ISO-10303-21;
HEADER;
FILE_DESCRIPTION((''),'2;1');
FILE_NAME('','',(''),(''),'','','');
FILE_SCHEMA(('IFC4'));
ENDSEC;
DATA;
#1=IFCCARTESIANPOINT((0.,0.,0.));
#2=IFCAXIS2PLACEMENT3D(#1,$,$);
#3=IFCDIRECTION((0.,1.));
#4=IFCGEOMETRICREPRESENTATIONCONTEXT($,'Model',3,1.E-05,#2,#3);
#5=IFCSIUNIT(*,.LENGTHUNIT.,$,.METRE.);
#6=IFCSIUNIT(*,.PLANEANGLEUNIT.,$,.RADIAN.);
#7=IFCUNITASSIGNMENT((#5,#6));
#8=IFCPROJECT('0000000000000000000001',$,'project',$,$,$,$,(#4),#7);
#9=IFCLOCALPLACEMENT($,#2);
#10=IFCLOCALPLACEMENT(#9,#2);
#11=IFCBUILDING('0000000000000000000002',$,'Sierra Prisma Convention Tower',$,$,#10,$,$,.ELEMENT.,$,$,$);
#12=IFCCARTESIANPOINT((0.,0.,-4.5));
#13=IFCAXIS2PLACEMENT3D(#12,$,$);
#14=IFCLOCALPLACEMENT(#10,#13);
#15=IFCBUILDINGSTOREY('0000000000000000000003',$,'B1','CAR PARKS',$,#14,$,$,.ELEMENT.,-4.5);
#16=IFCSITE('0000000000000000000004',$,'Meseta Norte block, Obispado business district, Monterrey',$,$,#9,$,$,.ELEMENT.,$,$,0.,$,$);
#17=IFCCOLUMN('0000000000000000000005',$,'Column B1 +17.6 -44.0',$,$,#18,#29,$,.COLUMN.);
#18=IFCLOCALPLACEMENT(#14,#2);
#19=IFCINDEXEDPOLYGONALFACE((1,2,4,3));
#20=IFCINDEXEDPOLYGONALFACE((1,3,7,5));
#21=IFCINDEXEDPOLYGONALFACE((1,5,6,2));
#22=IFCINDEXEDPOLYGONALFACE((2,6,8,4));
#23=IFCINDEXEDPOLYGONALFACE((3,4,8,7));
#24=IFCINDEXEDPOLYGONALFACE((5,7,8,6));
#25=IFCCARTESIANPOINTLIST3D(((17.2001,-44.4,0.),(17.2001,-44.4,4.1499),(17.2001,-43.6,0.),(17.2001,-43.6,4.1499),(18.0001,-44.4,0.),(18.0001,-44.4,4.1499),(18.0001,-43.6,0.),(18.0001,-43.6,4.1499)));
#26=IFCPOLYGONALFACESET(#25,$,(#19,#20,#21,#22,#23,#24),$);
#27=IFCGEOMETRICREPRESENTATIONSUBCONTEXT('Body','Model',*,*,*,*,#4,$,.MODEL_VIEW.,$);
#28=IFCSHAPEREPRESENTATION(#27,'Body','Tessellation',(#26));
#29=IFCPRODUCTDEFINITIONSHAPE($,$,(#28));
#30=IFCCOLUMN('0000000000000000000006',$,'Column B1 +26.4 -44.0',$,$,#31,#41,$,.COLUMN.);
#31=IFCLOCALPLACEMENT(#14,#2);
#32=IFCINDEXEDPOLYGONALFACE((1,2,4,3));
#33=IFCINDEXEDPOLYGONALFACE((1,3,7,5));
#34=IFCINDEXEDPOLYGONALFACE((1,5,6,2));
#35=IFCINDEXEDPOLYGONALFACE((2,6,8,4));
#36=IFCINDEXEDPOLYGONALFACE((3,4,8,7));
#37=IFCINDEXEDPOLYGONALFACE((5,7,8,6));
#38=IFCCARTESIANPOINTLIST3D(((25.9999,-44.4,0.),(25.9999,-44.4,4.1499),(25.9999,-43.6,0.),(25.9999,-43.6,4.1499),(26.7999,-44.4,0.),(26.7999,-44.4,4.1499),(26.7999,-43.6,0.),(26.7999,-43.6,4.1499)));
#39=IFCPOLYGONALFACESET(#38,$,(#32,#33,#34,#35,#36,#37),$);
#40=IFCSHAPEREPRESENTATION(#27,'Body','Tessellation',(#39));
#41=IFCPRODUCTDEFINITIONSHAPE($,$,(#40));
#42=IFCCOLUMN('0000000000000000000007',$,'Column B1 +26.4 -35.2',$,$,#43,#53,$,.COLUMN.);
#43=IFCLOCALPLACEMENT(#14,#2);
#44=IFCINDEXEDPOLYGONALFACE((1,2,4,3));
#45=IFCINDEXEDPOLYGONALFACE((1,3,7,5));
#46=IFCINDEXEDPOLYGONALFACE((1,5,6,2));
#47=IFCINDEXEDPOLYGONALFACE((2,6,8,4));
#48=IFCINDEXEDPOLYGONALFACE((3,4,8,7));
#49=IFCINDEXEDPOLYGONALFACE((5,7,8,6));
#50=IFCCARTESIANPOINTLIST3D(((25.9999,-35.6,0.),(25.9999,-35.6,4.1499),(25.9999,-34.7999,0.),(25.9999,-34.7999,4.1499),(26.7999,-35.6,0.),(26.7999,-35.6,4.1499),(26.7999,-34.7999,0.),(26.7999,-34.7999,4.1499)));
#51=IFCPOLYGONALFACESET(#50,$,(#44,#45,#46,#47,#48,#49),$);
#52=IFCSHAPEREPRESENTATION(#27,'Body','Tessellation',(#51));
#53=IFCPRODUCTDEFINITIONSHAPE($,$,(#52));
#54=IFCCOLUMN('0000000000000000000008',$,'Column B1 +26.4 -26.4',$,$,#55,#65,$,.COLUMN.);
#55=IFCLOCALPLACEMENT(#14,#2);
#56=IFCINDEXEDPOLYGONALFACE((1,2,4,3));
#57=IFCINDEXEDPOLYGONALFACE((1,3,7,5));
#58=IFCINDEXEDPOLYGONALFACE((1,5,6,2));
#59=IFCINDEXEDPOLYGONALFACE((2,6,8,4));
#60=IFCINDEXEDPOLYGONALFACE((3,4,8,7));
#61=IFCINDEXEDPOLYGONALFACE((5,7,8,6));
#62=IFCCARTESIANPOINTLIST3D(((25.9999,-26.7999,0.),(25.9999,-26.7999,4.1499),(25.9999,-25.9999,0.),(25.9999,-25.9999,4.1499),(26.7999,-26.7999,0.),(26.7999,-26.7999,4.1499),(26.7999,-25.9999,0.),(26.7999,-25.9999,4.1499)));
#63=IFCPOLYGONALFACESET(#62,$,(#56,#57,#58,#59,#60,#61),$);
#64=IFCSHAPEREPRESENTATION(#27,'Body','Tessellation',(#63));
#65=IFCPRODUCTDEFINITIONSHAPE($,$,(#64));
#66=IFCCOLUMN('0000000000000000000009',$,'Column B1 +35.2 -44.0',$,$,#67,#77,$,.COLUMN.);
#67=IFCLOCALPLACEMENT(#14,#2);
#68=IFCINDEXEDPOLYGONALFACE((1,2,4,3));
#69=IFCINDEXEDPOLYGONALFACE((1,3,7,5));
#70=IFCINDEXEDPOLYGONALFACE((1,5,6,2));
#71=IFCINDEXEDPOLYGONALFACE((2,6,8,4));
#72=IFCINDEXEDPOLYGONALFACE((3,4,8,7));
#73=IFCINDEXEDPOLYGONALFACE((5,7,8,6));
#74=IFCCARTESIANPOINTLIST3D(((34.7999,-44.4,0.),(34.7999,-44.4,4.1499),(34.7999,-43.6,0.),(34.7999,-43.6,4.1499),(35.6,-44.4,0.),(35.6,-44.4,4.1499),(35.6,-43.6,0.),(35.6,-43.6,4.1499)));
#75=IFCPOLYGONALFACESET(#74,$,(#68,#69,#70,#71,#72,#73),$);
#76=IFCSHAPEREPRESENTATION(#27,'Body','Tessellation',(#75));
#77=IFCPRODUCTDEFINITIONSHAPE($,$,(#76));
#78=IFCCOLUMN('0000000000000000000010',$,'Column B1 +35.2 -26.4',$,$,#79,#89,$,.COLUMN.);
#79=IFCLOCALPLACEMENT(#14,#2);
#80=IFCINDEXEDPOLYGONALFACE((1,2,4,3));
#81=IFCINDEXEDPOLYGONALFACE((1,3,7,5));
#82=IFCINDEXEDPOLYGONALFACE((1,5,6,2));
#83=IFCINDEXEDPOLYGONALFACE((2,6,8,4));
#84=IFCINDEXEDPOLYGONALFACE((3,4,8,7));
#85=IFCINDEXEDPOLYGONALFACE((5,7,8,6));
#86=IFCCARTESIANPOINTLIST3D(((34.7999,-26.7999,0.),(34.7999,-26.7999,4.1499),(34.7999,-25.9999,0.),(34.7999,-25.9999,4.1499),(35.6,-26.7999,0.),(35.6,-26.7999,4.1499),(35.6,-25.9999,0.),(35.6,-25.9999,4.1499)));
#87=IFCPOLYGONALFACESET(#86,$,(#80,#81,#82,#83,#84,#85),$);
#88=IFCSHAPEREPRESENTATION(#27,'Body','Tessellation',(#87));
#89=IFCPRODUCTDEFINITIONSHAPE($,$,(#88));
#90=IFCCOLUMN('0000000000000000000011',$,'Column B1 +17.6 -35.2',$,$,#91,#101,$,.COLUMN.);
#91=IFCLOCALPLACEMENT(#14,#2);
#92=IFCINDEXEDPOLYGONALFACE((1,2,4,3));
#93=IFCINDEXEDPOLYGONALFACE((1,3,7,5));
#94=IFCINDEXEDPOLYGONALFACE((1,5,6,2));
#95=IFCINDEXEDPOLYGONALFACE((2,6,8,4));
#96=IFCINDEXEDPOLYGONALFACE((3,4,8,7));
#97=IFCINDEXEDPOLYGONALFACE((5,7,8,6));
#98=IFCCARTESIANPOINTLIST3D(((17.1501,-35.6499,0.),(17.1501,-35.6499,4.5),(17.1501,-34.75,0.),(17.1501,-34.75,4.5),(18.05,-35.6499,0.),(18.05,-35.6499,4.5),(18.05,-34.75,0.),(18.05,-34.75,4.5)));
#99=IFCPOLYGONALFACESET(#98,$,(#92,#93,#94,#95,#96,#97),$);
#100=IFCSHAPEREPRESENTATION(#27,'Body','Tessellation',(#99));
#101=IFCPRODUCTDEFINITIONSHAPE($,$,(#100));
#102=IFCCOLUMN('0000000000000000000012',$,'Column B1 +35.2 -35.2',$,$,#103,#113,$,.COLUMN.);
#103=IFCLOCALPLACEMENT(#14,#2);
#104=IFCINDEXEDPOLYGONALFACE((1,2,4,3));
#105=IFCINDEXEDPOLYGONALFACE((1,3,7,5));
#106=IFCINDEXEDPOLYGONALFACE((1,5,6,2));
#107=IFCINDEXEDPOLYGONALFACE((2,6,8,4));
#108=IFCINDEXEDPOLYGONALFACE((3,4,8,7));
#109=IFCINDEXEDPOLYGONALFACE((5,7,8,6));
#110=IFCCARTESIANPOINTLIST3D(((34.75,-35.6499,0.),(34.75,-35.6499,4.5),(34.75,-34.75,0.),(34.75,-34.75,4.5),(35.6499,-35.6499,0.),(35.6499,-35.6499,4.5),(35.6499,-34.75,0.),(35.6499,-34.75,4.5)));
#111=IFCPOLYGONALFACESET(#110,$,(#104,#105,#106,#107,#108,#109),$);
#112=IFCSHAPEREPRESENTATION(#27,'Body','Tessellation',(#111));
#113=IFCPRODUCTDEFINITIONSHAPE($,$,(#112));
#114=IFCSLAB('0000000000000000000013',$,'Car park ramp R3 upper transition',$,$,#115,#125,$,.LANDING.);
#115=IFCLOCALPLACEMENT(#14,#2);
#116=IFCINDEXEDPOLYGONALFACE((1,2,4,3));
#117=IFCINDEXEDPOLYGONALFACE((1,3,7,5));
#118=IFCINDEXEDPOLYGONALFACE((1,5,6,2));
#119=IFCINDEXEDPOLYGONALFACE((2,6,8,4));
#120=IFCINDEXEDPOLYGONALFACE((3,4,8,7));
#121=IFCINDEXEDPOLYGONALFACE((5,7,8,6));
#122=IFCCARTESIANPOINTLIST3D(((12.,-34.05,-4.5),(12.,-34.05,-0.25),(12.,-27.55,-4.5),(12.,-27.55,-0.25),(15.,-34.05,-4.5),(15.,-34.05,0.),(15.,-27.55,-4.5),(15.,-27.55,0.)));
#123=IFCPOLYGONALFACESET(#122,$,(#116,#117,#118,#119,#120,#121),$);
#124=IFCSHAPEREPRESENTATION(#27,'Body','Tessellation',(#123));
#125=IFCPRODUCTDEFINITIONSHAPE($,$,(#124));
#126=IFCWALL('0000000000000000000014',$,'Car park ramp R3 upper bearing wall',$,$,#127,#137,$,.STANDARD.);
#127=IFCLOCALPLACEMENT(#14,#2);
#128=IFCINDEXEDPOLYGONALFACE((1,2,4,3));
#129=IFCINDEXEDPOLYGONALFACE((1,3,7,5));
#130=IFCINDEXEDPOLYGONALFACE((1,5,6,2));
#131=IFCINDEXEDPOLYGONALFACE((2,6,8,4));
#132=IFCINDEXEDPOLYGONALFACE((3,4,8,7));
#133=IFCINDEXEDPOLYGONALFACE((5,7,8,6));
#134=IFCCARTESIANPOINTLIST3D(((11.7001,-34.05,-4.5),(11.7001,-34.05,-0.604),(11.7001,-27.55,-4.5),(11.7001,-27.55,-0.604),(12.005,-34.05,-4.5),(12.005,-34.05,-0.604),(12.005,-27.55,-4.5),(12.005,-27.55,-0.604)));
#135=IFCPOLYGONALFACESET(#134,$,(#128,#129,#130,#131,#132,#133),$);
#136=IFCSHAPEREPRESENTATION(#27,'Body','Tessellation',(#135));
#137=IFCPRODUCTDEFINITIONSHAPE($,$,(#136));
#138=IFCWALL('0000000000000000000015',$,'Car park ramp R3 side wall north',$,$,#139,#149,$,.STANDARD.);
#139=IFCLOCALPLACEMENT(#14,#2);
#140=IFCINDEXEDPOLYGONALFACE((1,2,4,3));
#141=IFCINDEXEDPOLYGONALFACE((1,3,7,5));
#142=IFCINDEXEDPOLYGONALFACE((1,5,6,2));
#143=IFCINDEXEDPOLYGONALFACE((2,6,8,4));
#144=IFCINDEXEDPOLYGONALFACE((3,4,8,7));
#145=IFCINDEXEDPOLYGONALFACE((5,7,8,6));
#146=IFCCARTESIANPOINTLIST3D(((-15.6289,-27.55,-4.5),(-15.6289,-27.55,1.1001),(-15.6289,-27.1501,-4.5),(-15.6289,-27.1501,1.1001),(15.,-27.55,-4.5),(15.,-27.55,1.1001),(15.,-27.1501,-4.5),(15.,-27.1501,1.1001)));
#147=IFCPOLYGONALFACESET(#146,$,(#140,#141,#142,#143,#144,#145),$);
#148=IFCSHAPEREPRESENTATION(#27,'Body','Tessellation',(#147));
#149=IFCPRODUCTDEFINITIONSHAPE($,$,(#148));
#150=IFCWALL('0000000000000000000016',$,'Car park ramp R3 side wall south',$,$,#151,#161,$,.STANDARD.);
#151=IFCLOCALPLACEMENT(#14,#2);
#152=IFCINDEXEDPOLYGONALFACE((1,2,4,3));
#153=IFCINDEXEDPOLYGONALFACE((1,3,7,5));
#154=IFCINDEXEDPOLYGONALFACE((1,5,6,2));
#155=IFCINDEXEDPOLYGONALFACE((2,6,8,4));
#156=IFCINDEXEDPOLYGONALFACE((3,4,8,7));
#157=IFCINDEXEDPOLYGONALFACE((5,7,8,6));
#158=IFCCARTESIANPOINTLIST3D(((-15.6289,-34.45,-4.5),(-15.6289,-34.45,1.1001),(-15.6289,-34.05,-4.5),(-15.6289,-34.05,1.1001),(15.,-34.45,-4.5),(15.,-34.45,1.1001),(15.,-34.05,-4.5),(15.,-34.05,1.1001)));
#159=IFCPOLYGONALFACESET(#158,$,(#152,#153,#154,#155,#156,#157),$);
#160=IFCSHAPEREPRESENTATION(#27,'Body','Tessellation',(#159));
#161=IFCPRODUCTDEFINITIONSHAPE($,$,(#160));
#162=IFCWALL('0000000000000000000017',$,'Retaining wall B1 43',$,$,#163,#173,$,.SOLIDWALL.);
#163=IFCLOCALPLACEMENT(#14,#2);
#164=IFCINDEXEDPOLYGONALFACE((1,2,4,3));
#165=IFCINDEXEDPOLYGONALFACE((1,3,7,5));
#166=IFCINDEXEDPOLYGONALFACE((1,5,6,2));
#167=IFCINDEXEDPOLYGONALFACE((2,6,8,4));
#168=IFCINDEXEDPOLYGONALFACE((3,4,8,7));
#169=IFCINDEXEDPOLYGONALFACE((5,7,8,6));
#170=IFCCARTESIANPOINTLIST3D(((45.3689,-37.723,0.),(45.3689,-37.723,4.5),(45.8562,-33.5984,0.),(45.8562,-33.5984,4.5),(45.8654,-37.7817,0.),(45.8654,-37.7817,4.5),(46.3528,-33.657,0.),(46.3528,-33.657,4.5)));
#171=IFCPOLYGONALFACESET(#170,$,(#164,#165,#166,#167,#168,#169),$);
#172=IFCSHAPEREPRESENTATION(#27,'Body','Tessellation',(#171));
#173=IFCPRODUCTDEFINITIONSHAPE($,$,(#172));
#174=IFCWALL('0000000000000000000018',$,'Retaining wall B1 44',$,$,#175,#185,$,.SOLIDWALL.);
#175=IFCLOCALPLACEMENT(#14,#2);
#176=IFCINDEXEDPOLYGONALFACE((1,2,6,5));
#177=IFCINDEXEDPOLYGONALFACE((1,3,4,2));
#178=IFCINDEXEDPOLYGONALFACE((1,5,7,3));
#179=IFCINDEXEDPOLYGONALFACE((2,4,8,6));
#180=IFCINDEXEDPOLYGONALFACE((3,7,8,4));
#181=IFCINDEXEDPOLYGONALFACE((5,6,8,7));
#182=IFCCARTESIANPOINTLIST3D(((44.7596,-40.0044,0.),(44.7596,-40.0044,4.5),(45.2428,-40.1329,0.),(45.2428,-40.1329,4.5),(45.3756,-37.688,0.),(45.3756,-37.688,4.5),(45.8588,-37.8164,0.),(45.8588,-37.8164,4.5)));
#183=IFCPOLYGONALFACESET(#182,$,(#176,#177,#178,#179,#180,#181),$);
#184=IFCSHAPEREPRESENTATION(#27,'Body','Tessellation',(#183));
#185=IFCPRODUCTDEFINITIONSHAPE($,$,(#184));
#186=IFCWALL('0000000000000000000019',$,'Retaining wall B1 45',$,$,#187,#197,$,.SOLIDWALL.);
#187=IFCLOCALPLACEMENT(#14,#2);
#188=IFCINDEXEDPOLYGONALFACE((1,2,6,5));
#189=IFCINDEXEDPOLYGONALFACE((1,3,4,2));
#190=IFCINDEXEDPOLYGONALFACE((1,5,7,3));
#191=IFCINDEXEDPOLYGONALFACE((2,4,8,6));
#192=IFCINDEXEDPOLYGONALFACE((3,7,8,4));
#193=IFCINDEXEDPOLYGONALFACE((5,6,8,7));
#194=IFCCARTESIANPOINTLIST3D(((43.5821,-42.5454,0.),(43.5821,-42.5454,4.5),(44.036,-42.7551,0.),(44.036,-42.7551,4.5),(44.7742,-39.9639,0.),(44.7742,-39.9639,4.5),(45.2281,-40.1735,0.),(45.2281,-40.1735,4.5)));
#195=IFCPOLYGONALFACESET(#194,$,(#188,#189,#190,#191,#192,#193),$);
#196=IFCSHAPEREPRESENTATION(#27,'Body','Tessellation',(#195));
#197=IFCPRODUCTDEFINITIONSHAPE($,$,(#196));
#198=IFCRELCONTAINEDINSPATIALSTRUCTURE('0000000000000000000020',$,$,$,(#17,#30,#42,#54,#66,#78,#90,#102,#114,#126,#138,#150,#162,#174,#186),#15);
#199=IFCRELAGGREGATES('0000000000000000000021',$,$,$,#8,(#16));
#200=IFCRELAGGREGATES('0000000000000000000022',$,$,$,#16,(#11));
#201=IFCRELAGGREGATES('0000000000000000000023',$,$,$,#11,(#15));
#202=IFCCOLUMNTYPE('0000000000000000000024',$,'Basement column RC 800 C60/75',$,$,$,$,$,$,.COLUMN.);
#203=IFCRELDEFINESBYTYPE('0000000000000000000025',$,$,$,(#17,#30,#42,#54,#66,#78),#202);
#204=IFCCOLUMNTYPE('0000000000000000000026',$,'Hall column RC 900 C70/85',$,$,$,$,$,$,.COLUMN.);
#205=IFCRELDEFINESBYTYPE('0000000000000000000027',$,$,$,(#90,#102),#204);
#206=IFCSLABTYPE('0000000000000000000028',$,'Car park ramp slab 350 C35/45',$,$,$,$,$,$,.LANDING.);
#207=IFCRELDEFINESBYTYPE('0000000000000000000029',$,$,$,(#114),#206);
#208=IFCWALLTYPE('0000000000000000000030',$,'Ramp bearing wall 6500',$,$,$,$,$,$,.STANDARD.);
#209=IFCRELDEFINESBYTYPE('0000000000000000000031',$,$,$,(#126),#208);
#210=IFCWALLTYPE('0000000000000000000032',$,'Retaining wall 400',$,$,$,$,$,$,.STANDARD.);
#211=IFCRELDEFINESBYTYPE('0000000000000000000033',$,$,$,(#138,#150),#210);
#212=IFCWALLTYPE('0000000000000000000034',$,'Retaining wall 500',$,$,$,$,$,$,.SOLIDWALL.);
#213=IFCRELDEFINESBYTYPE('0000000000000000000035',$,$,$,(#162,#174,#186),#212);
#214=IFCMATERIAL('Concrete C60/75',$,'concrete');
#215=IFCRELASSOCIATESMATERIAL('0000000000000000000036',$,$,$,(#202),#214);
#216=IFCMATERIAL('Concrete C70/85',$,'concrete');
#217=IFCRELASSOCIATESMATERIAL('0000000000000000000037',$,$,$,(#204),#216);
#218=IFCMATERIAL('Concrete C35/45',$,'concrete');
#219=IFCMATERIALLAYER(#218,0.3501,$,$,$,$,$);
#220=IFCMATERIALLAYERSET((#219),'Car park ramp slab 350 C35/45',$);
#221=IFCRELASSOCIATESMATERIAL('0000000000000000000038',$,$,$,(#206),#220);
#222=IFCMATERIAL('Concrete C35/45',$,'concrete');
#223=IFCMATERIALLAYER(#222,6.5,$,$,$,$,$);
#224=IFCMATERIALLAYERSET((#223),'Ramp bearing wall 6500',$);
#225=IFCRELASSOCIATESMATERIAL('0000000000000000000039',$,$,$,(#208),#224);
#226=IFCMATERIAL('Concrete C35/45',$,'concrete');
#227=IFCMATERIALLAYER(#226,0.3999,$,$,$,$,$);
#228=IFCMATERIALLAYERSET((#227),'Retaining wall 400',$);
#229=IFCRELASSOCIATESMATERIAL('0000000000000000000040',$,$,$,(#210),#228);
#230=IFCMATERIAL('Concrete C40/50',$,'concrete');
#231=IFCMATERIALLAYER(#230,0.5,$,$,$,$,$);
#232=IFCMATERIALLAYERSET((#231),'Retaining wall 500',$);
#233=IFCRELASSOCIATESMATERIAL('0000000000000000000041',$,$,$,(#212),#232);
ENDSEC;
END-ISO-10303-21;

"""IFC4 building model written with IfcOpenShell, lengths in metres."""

from ifc_helpers import new_model, si_unit, direction, frame, frame_2d, origin, origin_2d, place, context, subcontext, project, spatial, polyline, rectangle, outline, extrude, material, layer, layer_set, material_profile, profile_set, type_object, element, save


model = new_model("IFC4")

# Units and contexts
model_context = context("Model", 3, precision=1e-05, world=origin(), true_north=direction((0.0, 1.0)))
body_context = subcontext(model_context, "Body", "Model", "MODEL_VIEW")
ifc_project = project(units=[si_unit("LENGTHUNIT", "METRE"), si_unit("PLANEANGLEUNIT", "RADIAN")], contexts=[model_context])

# Site, building, storey
site_placement = place(None, origin())
site = spatial("IfcSite", under=ifc_project, at=site_placement, Name="Meseta Norte block, Obispado business district, Monterrey", CompositionType="ELEMENT", RefElevation=0.0)
building_placement = place(site_placement, origin())
building = spatial("IfcBuilding", under=site, at=building_placement, Name="Sierra Prisma Convention Tower", CompositionType="ELEMENT")
storey_placement = place(building_placement, frame((0.0, 0.0, -4.5)))
storey = spatial("IfcBuildingStorey", under=building, at=storey_placement, Name="B1", Description="CAR PARKS", CompositionType="ELEMENT", Elevation=-4.5)

# Columns
ifc_material_1 = material(Name="Concrete C60/75", Category="concrete")
ifc_material_profile_1 = material_profile(ifc_material_1, rectangle(XDim=0.8, YDim=0.8, at=origin_2d()), Name="Basement column RC 800 C60/75")
ifc_profile_set_1 = profile_set([ifc_material_profile_1], Name="Concrete C60/75")
column_type_1 = type_object("IfcColumnType", Name="Basement column RC 800 C60/75", PredefinedType="COLUMN", material=ifc_profile_set_1)
for number, where, z_axis, x_axis, name in (
    (1, (17.6001, -44.0, 0.0), (0.0, 0.0, 1.0), (1.0, 0.0, 0.0), "Column B1 +17.6 -44.0"),
    (2, (26.3999, -44.0, 0.0), (0.0, 0.0, 1.0), (1.0, 0.0, 0.0), "Column B1 +26.4 -44.0"),
    (3, (26.3999, -35.2, 0.0), (0.0, 0.0, 1.0), (1.0, 0.0, 0.0), "Column B1 +26.4 -35.2"),
    (4, (26.3999, -26.3999, 0.0), (0.0, 0.0, 1.0), (1.0, 0.0, 0.0), "Column B1 +26.4 -26.4"),
    (5, (35.2, -44.0, 0.0), (0.0, 0.0, 1.0), (1.0, 0.0, 0.0), "Column B1 +35.2 -44.0"),
    (6, (35.2, -26.3999, 0.0), (0.0, 0.0, 1.0), (1.0, 0.0, 0.0), "Column B1 +35.2 -26.4"),
):
    element("IfcColumn", number, at=place(storey_placement, frame(where, z_axis=z_axis, x_axis=x_axis)), inside=storey, type_object=column_type_1, Name=name, PredefinedType="COLUMN", context=body_context, shape_type="SweptSolid", body=[
        extrude(rectangle(XDim=0.8, YDim=0.8, at=origin_2d()), origin(), (0.0, 0.0, 1.0), 4.1499),
    ])
ifc_material_2 = material(Name="Concrete C70/85", Category="concrete")
ifc_material_profile_2 = material_profile(ifc_material_2, rectangle(XDim=0.8999, YDim=0.8999, at=origin_2d()), Name="Hall column RC 900 C70/85")
ifc_profile_set_2 = profile_set([ifc_material_profile_2], Name="Concrete C70/85")
column_type_2 = type_object("IfcColumnType", Name="Hall column RC 900 C70/85", PredefinedType="COLUMN", material=ifc_profile_set_2)
for number, where, z_axis, x_axis, name in (
    (7, (17.6001, -35.2, 0.0), (0.0, 0.0, 1.0), (1.0, 0.0, 0.0), "Column B1 +17.6 -35.2"),
    (8, (35.2, -35.2, 0.0), (0.0, 0.0, 1.0), (1.0, 0.0, 0.0), "Column B1 +35.2 -35.2"),
):
    element("IfcColumn", number, at=place(storey_placement, frame(where, z_axis=z_axis, x_axis=x_axis)), inside=storey, type_object=column_type_2, Name=name, PredefinedType="COLUMN", context=body_context, shape_type="SweptSolid", body=[
        extrude(rectangle(XDim=0.8999, YDim=0.8999, at=origin_2d()), origin(), (0.0, 0.0, 1.0), 4.5),
    ])

# Slab
ifc_material_3 = material(Name="Concrete C35/45", Category="concrete")
ifc_layer_1 = layer(ifc_material_3, 0.3501)
ifc_layer_set_1 = layer_set([ifc_layer_1], Name="Car park ramp slab 350 C35/45")
slab_type = type_object("IfcSlabType", Name="Car park ramp slab 350 C35/45", PredefinedType="LANDING", material=ifc_layer_set_1)
slab_placement = place(storey_placement, frame((15.0, -30.8, -4.5), z_axis=(0.0, 0.0, 1.0), x_axis=(-1.0, 0.0, 0.0)))
element("IfcSlab", 9, at=slab_placement, inside=storey, type_object=slab_type, Name="Car park ramp R3 upper transition", PredefinedType="LANDING", context=body_context, shape_type="SweptSolid", body=[
    extrude(outline(polyline([(0.0, 0.0), (3.0, 0.0), (3.0, 4.25), (0.0, 4.5), (0.0, 0.0)])), frame((0.0, 3.25, 0.0), z_axis=(0.0, -1.0, 0.0), x_axis=(1.0, 0.0, 0.0)), (0.0, 0.0, 1.0), 6.5),
])

# Walls
ifc_material_4 = material(Name="Concrete C35/45", Category="concrete")
ifc_layer_2 = layer(ifc_material_4, 6.5)
ifc_layer_set_2 = layer_set([ifc_layer_2], Name="Ramp bearing wall 6500")
wall_type_1 = type_object("IfcWallType", Name="Ramp bearing wall 6500", PredefinedType="STANDARD", material=ifc_layer_set_2)
wall_1_placement = place(storey_placement, frame((12.0049, -30.8, -4.5), z_axis=(0.0, 0.0, 1.0), x_axis=(-1.0, 0.0, 0.0)))
element("IfcWall", 10, at=wall_1_placement, inside=storey, type_object=wall_type_1, Name="Car park ramp R3 upper bearing wall", PredefinedType="STANDARD", context=body_context, shape_type="SweptSolid", body=[
    extrude(rectangle(XDim=0.3049, YDim=6.5, at=frame_2d((0.1523, 0.0))), origin(), (0.0, 0.0, 1.0), 3.896),
])
ifc_material_5 = material(Name="Concrete C35/45", Category="concrete")
ifc_layer_3 = layer(ifc_material_5, 0.3999)
ifc_layer_set_3 = layer_set([ifc_layer_3], Name="Retaining wall 400")
wall_type_2 = type_object("IfcWallType", Name="Retaining wall 400", PredefinedType="STANDARD", material=ifc_layer_set_3)
for number, where, z_axis, x_axis, name in (
    (11, (15.0, -27.3501, -4.5), (0.0, 0.0, 1.0), (-1.0, 0.0, 0.0), "Car park ramp R3 side wall north"),
    (12, (15.0, -34.25, -4.5), (0.0, 0.0, 1.0), (-1.0, 0.0, 0.0), "Car park ramp R3 side wall south"),
):
    element("IfcWall", number, at=place(storey_placement, frame(where, z_axis=z_axis, x_axis=x_axis)), inside=storey, type_object=wall_type_2, Name=name, PredefinedType="STANDARD", context=body_context, shape_type="SweptSolid", body=[
        extrude(rectangle(XDim=30.6289, YDim=0.3999, at=frame_2d((15.3145, 0.0))), origin(), (0.0, 0.0, 1.0), 5.6001),
    ])
ifc_material_6 = material(Name="Concrete C40/50", Category="concrete")
ifc_layer_4 = layer(ifc_material_6, 0.5)
ifc_layer_set_4 = layer_set([ifc_layer_4], Name="Retaining wall 500")
wall_type_3 = type_object("IfcWallType", Name="Retaining wall 500", PredefinedType="SOLIDWALL", material=ifc_layer_set_4)
wall_2_placement = place(storey_placement, frame((46.1045, -33.6277, 0.0), z_axis=(0.0, 0.0, 1.0), x_axis=(-0.117332, -0.993093, 0.0)))
element("IfcWall", 13, at=wall_2_placement, inside=storey, type_object=wall_type_3, Name="Retaining wall B1 43", PredefinedType="SOLIDWALL", context=body_context, shape_type="SweptSolid", body=[
    extrude(rectangle(XDim=4.1533, YDim=0.5, at=frame_2d((2.0767, 0.0))), origin(), (0.0, 0.0, 1.0), 4.5),
])
wall_3_placement = place(storey_placement, frame((45.6172, -37.7522, 0.0), z_axis=(0.0, 0.0, 1.0), x_axis=(-0.256984, -0.966416, 0.0)))
element("IfcWall", 14, at=wall_3_placement, inside=storey, type_object=wall_type_3, Name="Retaining wall B1 44", PredefinedType="SOLIDWALL", context=body_context, shape_type="SweptSolid", body=[
    extrude(rectangle(XDim=2.397, YDim=0.5, at=frame_2d((1.1985, 0.0))), origin(), (0.0, 0.0, 1.0), 4.5),
])
wall_4_placement = place(storey_placement, frame((45.0012, -40.0686, 0.0), z_axis=(0.0, 0.0, 1.0), x_axis=(-0.419249, -0.907871, 0.0)))
element("IfcWall", 15, at=wall_4_placement, inside=storey, type_object=wall_type_3, Name="Retaining wall B1 45", PredefinedType="SOLIDWALL", context=body_context, shape_type="SweptSolid", body=[
    extrude(rectangle(XDim=2.8435, YDim=0.5, at=frame_2d((1.4219, 0.0))), origin(), (0.0, 0.0, 1.0), 4.5),
])

save(model, "model.ifc")
